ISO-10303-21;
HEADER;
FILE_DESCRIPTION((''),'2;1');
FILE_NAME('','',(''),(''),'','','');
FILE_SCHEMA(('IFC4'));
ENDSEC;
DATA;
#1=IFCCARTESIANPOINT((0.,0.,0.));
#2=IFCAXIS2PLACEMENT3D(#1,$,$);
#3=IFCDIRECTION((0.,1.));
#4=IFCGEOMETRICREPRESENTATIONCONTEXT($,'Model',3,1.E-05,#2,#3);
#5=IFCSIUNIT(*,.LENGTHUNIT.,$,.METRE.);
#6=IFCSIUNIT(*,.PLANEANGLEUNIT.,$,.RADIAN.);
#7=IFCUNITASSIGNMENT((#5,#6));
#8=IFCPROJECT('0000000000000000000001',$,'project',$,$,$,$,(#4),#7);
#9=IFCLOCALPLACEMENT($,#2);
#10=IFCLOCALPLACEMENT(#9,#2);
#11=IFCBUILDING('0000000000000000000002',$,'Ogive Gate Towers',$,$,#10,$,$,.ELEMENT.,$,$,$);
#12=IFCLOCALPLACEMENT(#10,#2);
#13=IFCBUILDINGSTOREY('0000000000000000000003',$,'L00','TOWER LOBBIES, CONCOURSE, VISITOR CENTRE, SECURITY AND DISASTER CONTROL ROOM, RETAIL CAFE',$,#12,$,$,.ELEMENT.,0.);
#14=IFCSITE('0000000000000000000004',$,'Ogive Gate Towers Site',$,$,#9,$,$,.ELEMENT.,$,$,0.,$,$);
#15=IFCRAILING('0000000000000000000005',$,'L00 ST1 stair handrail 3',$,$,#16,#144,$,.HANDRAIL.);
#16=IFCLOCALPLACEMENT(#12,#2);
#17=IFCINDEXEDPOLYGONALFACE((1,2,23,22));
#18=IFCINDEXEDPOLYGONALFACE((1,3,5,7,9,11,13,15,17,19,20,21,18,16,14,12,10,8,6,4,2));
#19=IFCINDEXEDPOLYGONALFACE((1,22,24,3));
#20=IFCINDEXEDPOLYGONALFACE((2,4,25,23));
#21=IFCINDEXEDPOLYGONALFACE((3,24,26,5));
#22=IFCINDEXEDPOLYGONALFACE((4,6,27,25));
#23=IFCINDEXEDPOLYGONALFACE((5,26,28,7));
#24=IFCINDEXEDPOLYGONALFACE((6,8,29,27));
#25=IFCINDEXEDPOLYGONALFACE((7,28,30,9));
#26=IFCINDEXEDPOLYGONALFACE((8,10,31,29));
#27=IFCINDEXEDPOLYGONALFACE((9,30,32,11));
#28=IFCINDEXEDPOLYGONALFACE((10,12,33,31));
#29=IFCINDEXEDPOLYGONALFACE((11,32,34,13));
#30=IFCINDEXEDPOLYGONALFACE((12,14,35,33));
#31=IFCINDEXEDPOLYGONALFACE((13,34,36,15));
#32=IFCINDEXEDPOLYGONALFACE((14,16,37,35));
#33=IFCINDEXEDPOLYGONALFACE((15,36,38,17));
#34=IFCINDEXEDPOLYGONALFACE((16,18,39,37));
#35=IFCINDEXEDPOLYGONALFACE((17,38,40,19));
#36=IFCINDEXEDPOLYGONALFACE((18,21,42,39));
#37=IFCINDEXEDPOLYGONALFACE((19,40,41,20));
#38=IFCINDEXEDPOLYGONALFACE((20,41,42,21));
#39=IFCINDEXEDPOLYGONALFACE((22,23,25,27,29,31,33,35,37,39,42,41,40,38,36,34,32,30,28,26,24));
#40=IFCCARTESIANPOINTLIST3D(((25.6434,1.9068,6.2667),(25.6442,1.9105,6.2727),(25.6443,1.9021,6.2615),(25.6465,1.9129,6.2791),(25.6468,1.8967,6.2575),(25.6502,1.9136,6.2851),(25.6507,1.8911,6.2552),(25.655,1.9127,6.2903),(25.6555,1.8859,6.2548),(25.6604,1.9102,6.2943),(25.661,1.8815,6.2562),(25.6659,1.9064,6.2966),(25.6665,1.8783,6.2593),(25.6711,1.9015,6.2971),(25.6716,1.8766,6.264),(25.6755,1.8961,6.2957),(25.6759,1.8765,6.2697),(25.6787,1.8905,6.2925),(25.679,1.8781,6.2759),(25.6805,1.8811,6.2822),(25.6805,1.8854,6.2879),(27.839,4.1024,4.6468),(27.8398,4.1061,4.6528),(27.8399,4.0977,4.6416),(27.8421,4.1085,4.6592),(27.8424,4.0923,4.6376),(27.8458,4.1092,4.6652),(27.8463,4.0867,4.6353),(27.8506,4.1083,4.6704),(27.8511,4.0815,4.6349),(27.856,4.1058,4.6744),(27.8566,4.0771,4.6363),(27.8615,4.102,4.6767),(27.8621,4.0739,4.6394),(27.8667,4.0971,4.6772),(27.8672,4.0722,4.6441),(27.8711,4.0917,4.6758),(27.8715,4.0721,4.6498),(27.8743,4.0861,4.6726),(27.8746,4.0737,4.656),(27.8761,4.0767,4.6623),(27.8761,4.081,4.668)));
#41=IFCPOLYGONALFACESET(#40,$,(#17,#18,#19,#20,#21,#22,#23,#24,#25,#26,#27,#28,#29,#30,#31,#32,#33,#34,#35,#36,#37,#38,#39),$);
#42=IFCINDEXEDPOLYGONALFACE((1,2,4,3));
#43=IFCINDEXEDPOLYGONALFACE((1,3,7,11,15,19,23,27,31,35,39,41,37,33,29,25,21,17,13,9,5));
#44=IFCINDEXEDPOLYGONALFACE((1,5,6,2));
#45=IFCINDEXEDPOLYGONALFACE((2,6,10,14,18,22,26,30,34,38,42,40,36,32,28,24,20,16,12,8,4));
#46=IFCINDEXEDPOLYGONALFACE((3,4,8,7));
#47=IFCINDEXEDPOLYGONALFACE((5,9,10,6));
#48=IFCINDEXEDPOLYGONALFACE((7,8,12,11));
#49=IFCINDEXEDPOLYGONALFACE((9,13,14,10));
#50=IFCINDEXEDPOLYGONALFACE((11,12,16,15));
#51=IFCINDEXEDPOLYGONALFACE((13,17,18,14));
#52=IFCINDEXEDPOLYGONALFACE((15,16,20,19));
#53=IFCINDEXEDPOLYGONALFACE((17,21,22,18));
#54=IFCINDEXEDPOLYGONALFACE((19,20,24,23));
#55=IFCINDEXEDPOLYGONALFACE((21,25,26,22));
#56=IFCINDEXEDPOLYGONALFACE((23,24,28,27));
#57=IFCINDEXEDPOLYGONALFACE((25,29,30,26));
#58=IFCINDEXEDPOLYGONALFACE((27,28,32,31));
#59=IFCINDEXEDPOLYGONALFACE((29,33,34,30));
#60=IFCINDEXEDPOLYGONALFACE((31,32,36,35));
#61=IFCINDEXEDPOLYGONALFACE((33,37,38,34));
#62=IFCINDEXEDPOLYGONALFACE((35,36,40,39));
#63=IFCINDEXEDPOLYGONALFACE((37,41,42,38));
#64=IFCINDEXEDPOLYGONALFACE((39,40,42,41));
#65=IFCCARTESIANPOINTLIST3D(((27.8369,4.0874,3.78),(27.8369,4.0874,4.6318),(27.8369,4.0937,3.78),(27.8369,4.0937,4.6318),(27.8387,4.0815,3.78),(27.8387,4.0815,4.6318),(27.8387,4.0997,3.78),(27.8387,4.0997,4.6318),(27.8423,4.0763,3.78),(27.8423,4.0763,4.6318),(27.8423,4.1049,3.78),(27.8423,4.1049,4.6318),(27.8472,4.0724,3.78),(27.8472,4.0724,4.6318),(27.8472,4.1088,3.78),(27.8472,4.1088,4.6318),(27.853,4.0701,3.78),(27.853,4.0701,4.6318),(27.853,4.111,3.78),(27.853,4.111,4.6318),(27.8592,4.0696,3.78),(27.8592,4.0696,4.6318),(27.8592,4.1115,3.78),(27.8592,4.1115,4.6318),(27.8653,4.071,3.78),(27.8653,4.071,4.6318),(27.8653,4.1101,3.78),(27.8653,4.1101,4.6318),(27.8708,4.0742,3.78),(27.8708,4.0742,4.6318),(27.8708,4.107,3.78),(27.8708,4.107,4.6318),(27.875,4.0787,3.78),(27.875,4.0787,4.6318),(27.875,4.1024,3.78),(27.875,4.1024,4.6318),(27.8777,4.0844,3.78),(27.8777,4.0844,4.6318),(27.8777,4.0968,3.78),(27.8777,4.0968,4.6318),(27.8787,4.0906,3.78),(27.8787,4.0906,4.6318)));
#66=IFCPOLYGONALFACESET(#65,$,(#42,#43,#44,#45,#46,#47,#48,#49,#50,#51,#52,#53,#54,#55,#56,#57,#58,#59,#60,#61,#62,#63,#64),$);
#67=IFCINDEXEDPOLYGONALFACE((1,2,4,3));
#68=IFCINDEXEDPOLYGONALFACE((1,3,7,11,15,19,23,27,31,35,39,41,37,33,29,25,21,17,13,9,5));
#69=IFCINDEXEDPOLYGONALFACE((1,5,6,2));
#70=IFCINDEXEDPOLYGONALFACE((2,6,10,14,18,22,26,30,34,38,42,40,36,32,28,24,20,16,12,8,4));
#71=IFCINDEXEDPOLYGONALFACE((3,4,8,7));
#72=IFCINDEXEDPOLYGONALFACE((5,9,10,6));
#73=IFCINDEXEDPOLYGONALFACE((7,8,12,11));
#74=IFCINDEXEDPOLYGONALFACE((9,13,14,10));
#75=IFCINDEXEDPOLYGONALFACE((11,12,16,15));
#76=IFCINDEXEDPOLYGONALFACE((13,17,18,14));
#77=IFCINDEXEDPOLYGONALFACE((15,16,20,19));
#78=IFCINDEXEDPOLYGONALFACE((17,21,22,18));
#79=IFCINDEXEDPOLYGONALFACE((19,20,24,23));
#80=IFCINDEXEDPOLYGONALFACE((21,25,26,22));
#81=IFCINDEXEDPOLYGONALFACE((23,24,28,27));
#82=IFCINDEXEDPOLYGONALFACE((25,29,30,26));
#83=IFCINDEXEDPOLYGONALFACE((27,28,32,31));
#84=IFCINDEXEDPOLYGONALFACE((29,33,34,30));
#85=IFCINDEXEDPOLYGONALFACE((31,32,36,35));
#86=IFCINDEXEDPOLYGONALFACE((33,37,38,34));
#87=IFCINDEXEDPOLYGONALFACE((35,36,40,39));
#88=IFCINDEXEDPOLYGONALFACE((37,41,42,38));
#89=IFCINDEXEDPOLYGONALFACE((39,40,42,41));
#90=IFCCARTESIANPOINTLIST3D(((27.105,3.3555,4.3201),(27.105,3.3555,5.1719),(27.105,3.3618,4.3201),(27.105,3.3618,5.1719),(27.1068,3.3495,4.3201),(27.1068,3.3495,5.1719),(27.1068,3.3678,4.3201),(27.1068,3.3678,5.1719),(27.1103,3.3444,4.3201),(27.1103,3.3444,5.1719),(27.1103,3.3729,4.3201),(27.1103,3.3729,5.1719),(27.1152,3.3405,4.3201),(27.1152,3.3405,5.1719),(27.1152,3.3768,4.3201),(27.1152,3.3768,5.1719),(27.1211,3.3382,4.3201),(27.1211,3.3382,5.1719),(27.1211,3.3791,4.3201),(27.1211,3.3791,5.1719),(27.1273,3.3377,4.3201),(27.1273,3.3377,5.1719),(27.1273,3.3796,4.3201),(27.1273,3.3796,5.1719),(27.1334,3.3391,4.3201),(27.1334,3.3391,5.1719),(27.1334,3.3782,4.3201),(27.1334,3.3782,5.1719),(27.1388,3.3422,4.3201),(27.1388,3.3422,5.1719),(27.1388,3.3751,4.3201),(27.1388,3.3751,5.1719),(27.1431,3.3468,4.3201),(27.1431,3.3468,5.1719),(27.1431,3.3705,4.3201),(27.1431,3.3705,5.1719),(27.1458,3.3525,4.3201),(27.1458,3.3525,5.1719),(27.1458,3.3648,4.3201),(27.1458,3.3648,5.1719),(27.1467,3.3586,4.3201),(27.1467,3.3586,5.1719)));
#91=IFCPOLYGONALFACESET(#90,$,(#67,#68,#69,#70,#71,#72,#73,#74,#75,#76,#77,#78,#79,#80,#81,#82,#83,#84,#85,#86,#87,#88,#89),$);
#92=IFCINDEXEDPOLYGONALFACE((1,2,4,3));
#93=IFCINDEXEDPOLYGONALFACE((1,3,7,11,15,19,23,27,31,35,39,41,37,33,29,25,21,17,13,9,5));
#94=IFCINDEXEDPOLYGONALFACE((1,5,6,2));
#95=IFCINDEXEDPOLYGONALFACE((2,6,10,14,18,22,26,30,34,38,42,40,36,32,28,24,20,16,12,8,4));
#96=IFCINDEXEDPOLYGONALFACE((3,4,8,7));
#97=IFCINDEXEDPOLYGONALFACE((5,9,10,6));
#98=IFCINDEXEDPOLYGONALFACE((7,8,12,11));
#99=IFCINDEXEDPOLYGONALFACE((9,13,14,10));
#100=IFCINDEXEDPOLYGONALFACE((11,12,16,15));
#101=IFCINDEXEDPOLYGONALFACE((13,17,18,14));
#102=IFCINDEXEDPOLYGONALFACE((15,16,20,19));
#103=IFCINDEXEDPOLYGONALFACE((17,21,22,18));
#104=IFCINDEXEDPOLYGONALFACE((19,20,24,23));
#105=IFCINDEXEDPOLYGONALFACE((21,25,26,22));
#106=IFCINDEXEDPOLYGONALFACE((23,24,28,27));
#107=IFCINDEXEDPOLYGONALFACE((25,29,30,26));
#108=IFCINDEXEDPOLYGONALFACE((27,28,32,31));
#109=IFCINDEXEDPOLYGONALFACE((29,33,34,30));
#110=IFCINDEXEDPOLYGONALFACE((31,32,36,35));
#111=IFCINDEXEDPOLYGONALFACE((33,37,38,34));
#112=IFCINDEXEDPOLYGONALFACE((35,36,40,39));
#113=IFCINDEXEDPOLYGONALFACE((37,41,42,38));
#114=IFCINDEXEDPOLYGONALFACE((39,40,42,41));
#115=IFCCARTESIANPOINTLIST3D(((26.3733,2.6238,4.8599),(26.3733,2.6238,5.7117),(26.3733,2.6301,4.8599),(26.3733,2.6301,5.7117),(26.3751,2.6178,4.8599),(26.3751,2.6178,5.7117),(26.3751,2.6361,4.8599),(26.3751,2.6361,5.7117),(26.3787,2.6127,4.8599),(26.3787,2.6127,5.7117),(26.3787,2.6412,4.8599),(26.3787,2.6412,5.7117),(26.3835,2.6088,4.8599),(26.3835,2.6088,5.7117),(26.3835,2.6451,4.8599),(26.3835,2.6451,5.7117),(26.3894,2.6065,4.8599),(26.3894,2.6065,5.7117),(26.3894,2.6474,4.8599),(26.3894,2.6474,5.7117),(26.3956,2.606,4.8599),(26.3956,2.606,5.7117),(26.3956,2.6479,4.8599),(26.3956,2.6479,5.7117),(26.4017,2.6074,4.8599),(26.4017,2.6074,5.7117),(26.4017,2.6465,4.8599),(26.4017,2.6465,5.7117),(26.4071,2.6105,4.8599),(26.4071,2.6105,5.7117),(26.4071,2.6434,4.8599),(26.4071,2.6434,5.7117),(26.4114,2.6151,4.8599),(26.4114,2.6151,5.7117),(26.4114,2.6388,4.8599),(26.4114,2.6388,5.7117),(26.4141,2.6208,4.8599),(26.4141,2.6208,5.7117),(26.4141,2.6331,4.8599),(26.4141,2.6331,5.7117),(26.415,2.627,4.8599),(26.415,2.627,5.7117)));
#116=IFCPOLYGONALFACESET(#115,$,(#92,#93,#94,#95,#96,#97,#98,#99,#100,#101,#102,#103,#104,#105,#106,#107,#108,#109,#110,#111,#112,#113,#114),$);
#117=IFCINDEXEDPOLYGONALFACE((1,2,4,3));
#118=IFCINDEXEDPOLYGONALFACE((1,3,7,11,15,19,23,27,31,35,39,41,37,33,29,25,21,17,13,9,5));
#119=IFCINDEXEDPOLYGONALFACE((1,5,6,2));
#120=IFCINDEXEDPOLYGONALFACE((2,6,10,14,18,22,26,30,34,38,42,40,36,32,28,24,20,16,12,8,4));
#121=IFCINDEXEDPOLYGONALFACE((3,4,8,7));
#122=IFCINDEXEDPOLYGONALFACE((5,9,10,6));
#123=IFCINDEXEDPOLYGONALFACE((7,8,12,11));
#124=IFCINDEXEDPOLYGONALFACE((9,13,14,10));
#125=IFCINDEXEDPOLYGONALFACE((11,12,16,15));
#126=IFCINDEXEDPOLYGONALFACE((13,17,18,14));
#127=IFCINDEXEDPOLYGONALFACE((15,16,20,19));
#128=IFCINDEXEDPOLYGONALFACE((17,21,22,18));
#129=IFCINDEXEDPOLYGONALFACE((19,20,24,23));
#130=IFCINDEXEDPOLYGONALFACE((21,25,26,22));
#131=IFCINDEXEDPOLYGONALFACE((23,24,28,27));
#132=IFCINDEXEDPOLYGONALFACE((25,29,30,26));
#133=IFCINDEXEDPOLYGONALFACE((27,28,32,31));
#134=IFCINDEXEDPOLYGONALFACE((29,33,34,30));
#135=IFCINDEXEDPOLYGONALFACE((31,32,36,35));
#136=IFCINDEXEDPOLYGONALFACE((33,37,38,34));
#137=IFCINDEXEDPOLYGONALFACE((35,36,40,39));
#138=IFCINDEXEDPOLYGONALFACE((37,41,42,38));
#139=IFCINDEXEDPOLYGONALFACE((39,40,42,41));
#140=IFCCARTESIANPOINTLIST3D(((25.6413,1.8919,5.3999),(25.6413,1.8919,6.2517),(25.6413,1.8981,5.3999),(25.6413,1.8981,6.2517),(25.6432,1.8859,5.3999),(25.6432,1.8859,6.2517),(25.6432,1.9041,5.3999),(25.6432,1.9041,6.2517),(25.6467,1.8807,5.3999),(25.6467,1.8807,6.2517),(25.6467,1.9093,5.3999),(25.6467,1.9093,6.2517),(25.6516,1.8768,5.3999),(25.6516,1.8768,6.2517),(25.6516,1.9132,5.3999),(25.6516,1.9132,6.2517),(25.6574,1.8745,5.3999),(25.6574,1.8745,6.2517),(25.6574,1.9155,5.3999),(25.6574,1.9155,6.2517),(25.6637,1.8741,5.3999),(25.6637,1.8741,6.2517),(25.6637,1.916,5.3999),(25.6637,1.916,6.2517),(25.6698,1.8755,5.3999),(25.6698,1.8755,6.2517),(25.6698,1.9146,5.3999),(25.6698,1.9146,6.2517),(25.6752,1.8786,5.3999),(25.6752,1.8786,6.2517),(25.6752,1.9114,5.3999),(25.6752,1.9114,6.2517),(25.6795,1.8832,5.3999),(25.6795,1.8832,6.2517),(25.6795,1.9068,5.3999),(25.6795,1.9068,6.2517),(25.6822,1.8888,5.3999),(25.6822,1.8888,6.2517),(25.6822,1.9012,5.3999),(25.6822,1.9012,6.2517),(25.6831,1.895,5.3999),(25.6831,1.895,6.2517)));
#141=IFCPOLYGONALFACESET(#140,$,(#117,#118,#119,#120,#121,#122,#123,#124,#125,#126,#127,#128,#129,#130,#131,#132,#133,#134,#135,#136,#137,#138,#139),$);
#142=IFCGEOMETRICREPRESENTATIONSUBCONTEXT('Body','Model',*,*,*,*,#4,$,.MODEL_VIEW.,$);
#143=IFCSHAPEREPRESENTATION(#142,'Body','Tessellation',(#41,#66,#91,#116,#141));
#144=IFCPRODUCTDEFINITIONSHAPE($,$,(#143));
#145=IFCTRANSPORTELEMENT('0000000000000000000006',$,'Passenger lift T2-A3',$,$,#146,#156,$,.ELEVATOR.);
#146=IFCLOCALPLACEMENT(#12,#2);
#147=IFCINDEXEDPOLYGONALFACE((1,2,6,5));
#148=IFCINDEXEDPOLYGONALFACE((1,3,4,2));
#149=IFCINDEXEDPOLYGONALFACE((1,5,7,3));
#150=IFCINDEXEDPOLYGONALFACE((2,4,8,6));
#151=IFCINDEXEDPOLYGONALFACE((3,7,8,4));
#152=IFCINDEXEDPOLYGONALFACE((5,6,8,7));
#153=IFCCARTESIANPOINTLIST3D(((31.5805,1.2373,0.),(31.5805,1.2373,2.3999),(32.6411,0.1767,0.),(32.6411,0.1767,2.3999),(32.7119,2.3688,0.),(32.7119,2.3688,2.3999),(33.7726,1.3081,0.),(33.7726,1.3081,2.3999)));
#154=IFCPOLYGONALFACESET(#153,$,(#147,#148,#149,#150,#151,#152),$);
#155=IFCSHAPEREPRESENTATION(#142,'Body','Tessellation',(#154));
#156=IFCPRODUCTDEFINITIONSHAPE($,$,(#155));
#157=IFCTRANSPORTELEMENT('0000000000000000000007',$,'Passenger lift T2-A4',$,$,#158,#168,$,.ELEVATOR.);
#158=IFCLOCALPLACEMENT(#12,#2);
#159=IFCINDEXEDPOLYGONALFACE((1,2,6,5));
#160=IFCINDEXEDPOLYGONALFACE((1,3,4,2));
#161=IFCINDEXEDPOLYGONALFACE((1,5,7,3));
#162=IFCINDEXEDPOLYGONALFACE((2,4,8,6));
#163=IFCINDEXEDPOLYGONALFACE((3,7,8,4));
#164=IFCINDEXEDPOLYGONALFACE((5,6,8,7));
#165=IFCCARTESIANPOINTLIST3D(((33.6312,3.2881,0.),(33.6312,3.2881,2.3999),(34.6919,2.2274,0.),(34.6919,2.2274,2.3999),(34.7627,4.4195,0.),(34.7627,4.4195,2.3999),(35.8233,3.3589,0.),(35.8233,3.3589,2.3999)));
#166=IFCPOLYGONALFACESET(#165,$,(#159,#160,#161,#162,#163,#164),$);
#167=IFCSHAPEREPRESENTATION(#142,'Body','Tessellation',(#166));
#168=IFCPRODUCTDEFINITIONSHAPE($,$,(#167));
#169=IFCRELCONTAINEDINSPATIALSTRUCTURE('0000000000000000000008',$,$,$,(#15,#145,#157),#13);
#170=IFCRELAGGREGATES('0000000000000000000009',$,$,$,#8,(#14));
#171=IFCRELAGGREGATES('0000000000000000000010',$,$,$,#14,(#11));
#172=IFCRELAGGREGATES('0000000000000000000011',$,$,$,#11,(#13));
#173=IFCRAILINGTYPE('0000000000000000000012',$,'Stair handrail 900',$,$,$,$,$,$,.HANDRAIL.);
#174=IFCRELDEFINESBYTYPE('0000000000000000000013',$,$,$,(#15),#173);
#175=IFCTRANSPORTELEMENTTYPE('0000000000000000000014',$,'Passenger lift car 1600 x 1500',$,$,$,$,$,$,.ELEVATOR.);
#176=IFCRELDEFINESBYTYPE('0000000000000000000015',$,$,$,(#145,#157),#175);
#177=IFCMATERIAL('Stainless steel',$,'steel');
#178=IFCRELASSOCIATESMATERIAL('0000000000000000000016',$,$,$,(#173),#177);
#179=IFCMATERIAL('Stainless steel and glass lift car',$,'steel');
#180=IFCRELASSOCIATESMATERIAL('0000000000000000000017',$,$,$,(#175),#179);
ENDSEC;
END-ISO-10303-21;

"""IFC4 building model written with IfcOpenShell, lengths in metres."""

from ifc_helpers import new_model, si_unit, direction, frame, origin, origin_2d, place, context, subcontext, project, spatial, rectangle, circle, extrude, material, type_object, element, save


model = new_model("IFC4")

# Units and contexts
model_context = context("Model", 3, precision=1e-05, world=origin(), true_north=direction((0.0, 1.0)))
body_context = subcontext(model_context, "Body", "Model", "MODEL_VIEW")
ifc_project = project(units=[si_unit("LENGTHUNIT", "METRE"), si_unit("PLANEANGLEUNIT", "RADIAN")], contexts=[model_context])

# Site, building, storey
site_placement = place(None, origin())
site = spatial("IfcSite", under=ifc_project, at=site_placement, Name="Ogive Gate Towers Site", CompositionType="ELEMENT", RefElevation=0.0)
building_placement = place(site_placement, origin())
building = spatial("IfcBuilding", under=site, at=building_placement, Name="Ogive Gate Towers", CompositionType="ELEMENT")
storey_placement = place(building_placement, origin())
storey = spatial("IfcBuildingStorey", under=building, at=storey_placement, Name="L00", Description="TOWER LOBBIES, CONCOURSE, VISITOR CENTRE, SECURITY AND DISASTER CONTROL ROOM, RETAIL CAFE", CompositionType="ELEMENT", Elevation=0.0)

# Railing
ifc_material_1 = material(Name="Stainless steel", Category="steel")
railing_type_1 = type_object("IfcRailingType", Name="Stair handrail 900", PredefinedType="HANDRAIL", material=ifc_material_1)
railing_1_placement = place(storey_placement, frame((27.8577, 4.0906, 3.78)))
element("IfcRailing", 1, at=railing_1_placement, inside=storey, type_object=railing_type_1, Name="L00 ST1 stair handrail 3", PredefinedType="HANDRAIL", context=body_context, shape_type="SweptSolid", body=[
    extrude(circle(Radius=0.0239, at=origin_2d()), frame((0.0, 0.0, 0.876), z_axis=(-0.62692, -0.62692, 0.462539), x_axis=(0.707107, -0.707107, 0.0)), (0.0, 0.0, 1.0), 3.5022),
    extrude(circle(Radius=0.021, at=origin_2d()), origin(), (0.0, 0.0, 1.0), 0.8518),
    extrude(circle(Radius=0.021, at=origin_2d()), frame((-0.7319, -0.7319, 0.54)), (0.0, 0.0, 1.0), 0.8518),
    extrude(circle(Radius=0.021, at=origin_2d()), frame((-1.4636, -1.4636, 1.0798)), (0.0, 0.0, 1.0), 0.8518),
    extrude(circle(Radius=0.021, at=origin_2d()), frame((-2.1956, -2.1956, 1.6199)), (0.0, 0.0, 1.0), 0.8518),
])

# Transport elements
ifc_material_2 = material(Name="Stainless steel and glass lift car", Category="steel")
transport_element_type = type_object("IfcTransportElementType", Name="Passenger lift car 1600 x 1500", PredefinedType="ELEVATOR", material=ifc_material_2)
for number, where, z_axis, x_axis, name in (
    (2, (32.6765, 1.2727, 0.0), (0.0, 0.0, 1.0), (0.707107, 0.707107, 0.0), "Passenger lift T2-A3"),
    (3, (34.7273, 3.3235, 0.0), (0.0, 0.0, 1.0), (0.707107, 0.707107, 0.0), "Passenger lift T2-A4"),
):
    element("IfcTransportElement", number, at=place(storey_placement, frame(where, z_axis=z_axis, x_axis=x_axis)), inside=storey, type_object=transport_element_type, Name=name, PredefinedType="ELEVATOR", context=body_context, shape_type="SweptSolid", body=[
        extrude(rectangle(XDim=1.6001, YDim=1.5, at=origin_2d()), origin(), (0.0, 0.0, 1.0), 2.3999),
    ])

save(model, "model.ifc")
